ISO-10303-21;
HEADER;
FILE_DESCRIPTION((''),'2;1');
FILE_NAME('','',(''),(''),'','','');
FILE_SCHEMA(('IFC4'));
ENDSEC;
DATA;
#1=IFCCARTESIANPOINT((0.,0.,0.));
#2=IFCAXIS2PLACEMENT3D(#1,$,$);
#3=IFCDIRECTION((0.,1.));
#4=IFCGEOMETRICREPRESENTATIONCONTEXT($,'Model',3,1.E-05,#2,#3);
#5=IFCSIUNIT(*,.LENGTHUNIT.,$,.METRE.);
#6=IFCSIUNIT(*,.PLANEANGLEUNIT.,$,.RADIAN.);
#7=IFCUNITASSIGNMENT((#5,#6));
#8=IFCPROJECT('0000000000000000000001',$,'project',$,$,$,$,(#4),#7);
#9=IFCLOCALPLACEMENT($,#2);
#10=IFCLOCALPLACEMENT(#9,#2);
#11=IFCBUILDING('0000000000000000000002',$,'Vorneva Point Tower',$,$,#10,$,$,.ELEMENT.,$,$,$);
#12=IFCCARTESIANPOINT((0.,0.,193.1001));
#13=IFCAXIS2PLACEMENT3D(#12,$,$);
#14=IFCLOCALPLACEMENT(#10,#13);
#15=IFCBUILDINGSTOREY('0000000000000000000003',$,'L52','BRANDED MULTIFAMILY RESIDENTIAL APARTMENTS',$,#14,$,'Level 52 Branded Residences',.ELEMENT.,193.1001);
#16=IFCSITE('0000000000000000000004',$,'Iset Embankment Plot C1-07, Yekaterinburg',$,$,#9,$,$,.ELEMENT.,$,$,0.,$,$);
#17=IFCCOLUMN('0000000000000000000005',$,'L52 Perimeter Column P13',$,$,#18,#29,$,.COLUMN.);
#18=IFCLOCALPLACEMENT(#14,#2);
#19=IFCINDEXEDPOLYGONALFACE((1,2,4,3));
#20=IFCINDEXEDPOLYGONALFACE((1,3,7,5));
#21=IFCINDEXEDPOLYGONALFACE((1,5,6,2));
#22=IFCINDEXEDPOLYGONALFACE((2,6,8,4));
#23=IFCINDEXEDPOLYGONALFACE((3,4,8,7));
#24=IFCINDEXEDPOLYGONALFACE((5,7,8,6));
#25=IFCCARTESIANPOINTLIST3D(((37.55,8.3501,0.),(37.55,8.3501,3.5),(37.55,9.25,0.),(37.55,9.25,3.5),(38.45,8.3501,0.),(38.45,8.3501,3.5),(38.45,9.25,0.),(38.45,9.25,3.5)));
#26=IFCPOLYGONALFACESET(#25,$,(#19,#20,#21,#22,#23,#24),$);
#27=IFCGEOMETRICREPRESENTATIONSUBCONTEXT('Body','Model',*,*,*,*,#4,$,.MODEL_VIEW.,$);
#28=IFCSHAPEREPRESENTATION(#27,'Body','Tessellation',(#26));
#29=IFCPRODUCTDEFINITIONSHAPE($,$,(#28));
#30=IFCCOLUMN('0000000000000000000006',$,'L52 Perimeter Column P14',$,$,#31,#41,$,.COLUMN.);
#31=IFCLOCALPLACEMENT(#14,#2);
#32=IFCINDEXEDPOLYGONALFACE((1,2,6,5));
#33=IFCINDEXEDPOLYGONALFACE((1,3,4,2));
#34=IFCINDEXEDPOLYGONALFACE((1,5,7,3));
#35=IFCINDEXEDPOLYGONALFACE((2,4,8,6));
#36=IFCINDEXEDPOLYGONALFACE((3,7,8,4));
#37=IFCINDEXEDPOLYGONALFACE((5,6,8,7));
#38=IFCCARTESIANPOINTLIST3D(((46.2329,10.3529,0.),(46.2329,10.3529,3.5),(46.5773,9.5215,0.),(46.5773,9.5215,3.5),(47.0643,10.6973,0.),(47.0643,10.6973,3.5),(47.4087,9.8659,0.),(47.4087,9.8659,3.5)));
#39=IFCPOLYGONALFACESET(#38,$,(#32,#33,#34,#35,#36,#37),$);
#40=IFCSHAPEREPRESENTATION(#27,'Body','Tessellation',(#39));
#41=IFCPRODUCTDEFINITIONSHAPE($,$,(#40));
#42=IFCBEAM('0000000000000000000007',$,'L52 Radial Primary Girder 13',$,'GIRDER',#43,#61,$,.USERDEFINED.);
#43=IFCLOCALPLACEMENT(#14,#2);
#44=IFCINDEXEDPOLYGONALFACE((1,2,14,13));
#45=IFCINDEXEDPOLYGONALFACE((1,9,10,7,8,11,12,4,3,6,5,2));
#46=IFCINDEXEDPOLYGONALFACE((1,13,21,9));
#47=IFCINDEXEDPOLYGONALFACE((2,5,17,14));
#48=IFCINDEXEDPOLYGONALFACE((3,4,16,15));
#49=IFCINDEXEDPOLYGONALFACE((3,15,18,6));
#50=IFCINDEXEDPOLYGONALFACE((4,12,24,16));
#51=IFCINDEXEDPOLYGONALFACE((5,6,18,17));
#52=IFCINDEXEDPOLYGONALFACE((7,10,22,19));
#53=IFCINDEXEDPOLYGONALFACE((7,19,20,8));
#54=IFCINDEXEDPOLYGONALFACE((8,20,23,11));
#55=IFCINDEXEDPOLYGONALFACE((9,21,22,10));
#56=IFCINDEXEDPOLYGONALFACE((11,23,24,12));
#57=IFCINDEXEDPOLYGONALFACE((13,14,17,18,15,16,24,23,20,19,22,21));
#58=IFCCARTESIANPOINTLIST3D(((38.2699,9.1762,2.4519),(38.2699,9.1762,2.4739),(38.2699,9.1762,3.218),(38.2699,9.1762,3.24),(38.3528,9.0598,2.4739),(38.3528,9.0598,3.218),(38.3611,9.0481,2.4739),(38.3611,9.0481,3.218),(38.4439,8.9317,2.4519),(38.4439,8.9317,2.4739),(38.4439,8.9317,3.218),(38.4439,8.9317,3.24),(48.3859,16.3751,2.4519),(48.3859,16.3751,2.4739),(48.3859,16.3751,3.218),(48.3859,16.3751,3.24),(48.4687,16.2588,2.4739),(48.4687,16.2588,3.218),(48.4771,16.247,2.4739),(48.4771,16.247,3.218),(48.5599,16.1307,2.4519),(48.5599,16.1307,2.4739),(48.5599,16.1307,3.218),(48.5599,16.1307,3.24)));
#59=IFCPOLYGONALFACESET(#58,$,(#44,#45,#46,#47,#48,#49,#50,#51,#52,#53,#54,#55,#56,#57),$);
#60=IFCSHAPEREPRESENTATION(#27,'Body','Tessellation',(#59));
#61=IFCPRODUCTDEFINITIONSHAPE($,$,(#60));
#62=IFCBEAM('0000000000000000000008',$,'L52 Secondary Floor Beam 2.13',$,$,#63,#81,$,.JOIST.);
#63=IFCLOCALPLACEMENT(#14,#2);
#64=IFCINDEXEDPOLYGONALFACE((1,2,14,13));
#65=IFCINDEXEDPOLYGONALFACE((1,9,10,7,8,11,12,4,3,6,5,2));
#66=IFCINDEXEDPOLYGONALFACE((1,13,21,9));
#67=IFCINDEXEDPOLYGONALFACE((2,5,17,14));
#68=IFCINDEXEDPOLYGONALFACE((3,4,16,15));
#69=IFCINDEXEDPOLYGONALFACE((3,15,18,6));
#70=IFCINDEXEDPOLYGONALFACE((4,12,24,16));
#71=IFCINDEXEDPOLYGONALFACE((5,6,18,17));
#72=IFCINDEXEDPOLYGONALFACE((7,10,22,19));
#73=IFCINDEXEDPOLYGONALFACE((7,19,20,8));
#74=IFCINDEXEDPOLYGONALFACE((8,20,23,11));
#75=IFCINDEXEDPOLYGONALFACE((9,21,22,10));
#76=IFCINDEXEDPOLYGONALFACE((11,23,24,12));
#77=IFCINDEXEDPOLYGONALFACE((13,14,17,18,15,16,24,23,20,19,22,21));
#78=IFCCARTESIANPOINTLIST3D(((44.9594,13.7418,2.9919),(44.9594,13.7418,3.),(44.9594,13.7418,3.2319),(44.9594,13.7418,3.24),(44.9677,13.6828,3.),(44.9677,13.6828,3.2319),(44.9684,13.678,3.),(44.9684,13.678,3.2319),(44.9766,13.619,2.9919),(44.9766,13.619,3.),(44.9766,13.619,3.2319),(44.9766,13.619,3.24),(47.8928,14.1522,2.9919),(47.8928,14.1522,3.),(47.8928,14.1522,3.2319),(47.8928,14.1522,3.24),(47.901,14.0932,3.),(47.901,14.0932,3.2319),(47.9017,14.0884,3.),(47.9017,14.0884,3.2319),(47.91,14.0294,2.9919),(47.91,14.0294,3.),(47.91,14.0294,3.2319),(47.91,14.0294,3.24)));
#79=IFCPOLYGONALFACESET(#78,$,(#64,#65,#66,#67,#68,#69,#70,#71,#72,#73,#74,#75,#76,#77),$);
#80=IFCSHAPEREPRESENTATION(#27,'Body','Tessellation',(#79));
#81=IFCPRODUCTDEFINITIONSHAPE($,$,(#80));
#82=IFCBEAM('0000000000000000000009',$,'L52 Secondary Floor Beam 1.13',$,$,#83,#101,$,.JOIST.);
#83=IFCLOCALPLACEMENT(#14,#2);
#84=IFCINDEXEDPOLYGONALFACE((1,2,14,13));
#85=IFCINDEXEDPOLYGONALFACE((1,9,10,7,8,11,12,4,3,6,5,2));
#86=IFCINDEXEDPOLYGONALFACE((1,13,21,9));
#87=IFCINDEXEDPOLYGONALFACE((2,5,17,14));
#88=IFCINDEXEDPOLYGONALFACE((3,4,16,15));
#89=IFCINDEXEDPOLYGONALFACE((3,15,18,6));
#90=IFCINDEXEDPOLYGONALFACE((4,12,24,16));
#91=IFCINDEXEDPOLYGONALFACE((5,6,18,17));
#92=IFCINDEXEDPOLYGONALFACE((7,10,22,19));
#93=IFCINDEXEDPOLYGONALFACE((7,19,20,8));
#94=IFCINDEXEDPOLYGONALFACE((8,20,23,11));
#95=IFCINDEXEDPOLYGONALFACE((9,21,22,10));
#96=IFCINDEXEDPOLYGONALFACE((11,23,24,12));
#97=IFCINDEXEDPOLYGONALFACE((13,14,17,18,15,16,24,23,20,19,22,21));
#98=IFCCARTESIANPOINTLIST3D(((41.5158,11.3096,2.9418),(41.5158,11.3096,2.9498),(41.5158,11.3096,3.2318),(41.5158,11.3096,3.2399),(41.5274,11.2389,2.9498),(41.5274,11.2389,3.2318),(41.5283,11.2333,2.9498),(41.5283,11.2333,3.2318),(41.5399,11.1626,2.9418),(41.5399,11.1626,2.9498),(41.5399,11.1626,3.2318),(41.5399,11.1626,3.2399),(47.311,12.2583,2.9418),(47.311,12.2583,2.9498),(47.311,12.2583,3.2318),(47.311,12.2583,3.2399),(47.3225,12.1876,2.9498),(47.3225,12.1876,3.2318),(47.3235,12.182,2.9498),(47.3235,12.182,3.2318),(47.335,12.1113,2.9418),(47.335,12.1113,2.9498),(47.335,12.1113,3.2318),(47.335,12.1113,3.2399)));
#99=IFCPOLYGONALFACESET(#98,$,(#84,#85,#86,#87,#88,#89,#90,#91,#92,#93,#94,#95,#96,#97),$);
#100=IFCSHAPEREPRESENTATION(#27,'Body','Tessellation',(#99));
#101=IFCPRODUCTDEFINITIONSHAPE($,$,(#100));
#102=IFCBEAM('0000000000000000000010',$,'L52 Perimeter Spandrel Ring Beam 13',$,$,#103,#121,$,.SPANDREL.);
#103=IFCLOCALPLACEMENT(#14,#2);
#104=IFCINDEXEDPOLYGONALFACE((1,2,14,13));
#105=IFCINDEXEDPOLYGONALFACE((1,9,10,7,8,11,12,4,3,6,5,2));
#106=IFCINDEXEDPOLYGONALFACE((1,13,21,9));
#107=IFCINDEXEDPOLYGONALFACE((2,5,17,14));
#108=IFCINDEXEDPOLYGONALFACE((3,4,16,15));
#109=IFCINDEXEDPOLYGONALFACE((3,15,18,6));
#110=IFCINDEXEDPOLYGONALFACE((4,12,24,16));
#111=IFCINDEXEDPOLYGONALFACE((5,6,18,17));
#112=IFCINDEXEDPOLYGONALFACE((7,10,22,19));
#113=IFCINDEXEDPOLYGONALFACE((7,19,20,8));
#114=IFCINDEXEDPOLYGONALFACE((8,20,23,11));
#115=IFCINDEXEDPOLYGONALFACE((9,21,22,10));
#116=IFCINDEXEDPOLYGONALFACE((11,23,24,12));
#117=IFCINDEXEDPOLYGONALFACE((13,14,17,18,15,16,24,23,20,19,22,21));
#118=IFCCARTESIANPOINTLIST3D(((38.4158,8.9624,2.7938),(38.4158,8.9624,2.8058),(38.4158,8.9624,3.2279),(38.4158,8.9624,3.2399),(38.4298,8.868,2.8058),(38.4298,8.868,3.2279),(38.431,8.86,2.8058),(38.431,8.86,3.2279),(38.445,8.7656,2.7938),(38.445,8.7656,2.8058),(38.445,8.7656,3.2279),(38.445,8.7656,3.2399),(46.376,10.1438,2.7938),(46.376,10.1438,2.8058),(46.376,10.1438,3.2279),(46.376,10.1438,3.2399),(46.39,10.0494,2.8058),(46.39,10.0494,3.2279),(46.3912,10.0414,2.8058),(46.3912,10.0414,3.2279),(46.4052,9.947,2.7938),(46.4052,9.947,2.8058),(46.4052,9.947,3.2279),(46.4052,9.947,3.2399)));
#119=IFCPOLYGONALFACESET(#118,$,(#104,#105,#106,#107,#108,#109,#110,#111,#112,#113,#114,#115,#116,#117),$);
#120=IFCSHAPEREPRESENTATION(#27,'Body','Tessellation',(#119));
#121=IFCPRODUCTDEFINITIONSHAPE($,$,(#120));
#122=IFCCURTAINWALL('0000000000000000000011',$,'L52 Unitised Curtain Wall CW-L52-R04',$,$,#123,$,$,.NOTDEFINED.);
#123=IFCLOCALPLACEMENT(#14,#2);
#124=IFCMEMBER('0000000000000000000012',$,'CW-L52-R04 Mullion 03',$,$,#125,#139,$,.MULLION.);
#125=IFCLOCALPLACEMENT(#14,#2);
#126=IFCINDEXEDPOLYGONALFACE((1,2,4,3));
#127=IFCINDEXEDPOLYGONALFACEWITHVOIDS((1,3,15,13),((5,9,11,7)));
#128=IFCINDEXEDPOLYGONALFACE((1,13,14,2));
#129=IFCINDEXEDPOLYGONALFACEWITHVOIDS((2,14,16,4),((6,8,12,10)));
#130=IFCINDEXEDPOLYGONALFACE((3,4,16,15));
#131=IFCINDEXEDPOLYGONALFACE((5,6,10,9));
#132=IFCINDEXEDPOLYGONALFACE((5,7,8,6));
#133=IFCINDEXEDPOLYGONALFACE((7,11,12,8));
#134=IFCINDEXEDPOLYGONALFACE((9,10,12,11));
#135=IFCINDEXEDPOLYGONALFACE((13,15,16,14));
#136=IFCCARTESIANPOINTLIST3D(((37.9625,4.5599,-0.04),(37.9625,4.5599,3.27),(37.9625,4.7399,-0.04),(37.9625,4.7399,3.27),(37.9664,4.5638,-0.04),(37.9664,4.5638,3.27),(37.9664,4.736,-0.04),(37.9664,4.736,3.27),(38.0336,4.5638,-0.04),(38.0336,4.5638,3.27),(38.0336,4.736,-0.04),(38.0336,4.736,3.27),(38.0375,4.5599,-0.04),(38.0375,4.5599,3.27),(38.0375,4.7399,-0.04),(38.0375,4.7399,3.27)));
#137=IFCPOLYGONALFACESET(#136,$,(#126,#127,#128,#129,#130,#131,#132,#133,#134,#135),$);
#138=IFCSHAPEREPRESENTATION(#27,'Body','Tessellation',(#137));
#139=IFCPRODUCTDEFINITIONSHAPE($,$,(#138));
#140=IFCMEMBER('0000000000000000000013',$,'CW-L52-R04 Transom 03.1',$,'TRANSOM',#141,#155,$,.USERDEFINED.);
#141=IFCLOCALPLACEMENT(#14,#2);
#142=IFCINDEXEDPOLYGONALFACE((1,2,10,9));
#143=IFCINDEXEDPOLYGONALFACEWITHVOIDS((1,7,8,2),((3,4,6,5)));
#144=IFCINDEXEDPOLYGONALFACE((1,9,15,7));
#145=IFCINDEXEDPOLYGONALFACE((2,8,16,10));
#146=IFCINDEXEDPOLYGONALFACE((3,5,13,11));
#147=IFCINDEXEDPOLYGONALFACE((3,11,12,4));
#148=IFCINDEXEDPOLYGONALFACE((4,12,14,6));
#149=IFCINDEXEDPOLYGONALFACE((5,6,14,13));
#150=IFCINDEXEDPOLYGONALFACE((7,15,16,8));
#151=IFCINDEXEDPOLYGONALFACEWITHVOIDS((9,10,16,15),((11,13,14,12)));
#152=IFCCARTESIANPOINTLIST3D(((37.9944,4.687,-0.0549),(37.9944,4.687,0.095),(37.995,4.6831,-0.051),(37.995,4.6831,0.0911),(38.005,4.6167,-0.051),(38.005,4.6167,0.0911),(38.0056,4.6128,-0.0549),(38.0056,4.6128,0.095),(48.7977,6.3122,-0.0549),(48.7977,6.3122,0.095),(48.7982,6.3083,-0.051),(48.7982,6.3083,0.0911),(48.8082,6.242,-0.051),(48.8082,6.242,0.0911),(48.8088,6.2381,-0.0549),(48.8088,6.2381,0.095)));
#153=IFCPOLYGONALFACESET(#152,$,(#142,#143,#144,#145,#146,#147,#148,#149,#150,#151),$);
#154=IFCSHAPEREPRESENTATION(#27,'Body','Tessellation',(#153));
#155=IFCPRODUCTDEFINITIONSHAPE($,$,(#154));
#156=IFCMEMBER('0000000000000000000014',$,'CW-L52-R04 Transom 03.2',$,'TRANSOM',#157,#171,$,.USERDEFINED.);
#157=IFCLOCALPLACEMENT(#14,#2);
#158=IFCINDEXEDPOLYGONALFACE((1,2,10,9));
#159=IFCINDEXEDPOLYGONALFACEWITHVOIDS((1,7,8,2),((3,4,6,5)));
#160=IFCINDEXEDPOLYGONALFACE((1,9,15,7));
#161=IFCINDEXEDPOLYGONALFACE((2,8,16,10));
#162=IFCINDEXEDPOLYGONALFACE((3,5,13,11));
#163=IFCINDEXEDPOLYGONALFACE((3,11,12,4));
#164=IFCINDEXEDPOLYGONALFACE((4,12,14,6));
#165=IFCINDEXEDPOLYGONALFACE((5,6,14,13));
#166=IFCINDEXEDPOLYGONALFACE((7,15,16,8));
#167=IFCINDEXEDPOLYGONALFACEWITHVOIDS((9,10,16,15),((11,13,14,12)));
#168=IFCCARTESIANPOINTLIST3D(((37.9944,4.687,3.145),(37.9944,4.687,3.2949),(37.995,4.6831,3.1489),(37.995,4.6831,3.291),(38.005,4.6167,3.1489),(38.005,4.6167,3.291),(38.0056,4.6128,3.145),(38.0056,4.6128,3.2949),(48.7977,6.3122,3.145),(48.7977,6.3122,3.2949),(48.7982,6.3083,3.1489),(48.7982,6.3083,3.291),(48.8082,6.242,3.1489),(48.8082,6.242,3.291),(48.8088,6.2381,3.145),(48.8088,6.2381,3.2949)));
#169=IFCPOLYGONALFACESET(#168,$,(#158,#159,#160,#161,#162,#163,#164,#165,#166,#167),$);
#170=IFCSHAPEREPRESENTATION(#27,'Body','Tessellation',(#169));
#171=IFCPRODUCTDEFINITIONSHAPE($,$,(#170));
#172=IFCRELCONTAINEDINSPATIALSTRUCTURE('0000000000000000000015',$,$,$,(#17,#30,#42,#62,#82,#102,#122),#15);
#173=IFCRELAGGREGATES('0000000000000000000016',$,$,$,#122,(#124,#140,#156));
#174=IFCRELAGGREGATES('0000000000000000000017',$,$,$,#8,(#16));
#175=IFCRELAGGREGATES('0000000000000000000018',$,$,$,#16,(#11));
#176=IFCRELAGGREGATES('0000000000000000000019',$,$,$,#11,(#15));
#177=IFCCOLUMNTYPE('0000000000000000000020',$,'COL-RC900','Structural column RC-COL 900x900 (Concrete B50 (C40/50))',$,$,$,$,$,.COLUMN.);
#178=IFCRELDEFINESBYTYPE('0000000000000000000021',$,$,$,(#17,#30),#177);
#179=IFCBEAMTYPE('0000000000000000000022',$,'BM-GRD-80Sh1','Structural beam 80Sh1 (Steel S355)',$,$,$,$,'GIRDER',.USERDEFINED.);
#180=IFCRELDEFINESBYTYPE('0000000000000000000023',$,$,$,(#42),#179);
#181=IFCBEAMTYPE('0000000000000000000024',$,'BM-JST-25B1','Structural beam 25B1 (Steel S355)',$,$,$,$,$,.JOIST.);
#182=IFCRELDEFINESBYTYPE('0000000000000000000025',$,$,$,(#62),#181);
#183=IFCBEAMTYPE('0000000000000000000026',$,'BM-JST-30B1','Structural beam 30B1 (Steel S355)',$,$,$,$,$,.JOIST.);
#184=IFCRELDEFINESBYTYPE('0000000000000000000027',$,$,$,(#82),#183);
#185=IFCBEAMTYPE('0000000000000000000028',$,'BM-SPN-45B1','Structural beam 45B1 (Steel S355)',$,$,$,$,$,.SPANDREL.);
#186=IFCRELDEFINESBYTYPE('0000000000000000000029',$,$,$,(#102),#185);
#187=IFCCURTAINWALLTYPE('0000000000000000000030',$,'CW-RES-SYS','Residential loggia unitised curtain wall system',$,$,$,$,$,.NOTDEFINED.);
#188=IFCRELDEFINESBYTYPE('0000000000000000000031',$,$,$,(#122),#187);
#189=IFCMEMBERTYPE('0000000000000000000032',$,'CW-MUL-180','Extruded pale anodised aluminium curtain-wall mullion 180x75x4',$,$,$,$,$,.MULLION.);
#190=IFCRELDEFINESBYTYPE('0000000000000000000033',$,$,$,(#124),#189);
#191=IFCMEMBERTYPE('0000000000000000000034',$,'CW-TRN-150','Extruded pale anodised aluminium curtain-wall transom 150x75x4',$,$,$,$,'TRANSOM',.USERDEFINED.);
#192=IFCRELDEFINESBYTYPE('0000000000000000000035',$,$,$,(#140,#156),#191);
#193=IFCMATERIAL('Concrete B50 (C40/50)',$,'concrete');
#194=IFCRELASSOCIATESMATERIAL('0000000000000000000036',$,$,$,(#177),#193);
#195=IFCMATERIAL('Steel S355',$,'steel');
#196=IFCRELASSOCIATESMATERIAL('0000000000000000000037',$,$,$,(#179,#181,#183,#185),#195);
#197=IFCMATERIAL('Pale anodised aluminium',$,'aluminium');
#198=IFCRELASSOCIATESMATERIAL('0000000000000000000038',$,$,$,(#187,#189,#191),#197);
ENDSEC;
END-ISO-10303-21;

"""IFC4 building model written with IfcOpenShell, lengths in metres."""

from ifc_helpers import new_model, si_unit, direction, frame, origin, origin_2d, place, context, subcontext, project, spatial, rectangle, hollow_rectangle, i_section, extrude, material, material_profile, profile_set, type_object, element, aggregate, save


model = new_model("IFC4")

# Units and contexts
model_context = context("Model", 3, precision=1e-05, world=origin(), true_north=direction((0.0, 1.0)))
body_context = subcontext(model_context, "Body", "Model", "MODEL_VIEW")
ifc_project = project(units=[si_unit("LENGTHUNIT", "METRE"), si_unit("PLANEANGLEUNIT", "RADIAN")], contexts=[model_context])

# Site, building, storey
site_placement = place(None, origin())
site = spatial("IfcSite", under=ifc_project, at=site_placement, Name="Iset Embankment Plot C1-07, Yekaterinburg", CompositionType="ELEMENT", RefElevation=0.0)
building_placement = place(site_placement, origin())
building = spatial("IfcBuilding", under=site, at=building_placement, Name="Vorneva Point Tower", CompositionType="ELEMENT")
storey_placement = place(building_placement, frame((0.0, 0.0, 193.1001)))
storey = spatial("IfcBuildingStorey", under=building, at=storey_placement, Name="L52", Description="BRANDED MULTIFAMILY RESIDENTIAL APARTMENTS", LongName="Level 52 Branded Residences", CompositionType="ELEMENT", Elevation=193.1001)

# Columns
ifc_material_1 = material(Name="Concrete B50 (C40/50)", Category="concrete")
ifc_material_profile_1 = material_profile(ifc_material_1, rectangle(XDim=0.8999, YDim=0.8999, at=origin_2d()), Name="RC-COL 900x900")
ifc_profile_set_1 = profile_set([ifc_material_profile_1], Name="Concrete B50 (C40/50)")
column_type = type_object("IfcColumnType", Name="COL-RC900", Description="Structural column RC-COL 900x900 (Concrete B50 (C40/50))", PredefinedType="COLUMN", material=ifc_profile_set_1)
for number, where, z_axis, x_axis, name in (
    (1, (38.0, 8.8, 0.0), (0.0, 0.0, 1.0), (0.0, -1.0, 0.0), "L52 Perimeter Column P13"),
    (2, (46.8208, 10.1094, 0.0), (0.0, 0.0, 1.0), (0.382683, -0.92388, 0.0), "L52 Perimeter Column P14"),
):
    element("IfcColumn", number, at=place(storey_placement, frame(where, z_axis=z_axis, x_axis=x_axis)), inside=storey, type_object=column_type, Name=name, PredefinedType="COLUMN", context=body_context, shape_type="SweptSolid", body=[
        extrude(rectangle(XDim=0.8999, YDim=0.8999, at=origin_2d()), origin(), (0.0, 0.0, 1.0), 3.5),
    ])

# Beams
ifc_material_2 = material(Name="Steel S355", Category="steel")
ifc_material_profile_2 = material_profile(ifc_material_2, i_section(OverallWidth=0.3, OverallDepth=0.7881, WebThickness=0.0144, FlangeThickness=0.022, at=origin_2d()), Name="80Sh1")
ifc_profile_set_2 = profile_set([ifc_material_profile_2], Name="Steel S355")
beam_type_1 = type_object("IfcBeamType", Name="BM-GRD-80Sh1", Description="Structural beam 80Sh1 (Steel S355)", ElementType="GIRDER", PredefinedType="USERDEFINED", material=ifc_profile_set_2)
beam_1_placement = place(storey_placement, frame((38.3569, 9.054, 2.8459), z_axis=(0.81475, 0.579813, 0.0), x_axis=(-0.579813, 0.81475, 0.0)))
element("IfcBeam", 3, at=beam_1_placement, inside=storey, type_object=beam_type_1, Name="L52 Radial Primary Girder 13", ObjectType="GIRDER", PredefinedType="USERDEFINED", context=body_context, shape_type="SweptSolid", body=[
    extrude(i_section(OverallWidth=0.3, OverallDepth=0.7881, WebThickness=0.0144, FlangeThickness=0.022, at=origin_2d()), origin(), (0.0, 0.0, 1.0), 12.416),
])
ifc_material_profile_3 = material_profile(ifc_material_2, i_section(OverallWidth=0.124, OverallDepth=0.248, WebThickness=0.0049, FlangeThickness=0.0081, at=origin_2d()), Name="25B1")
ifc_profile_set_3 = profile_set([ifc_material_profile_3], Name="Steel S355")
beam_type_2 = type_object("IfcBeamType", Name="BM-JST-25B1", Description="Structural beam 25B1 (Steel S355)", PredefinedType="JOIST", material=ifc_profile_set_3)
beam_2_placement = place(storey_placement, frame((44.968, 13.6804, 3.116), z_axis=(0.990354, 0.138559, 0.0), x_axis=(-0.138559, 0.990354, 0.0)))
element("IfcBeam", 4, at=beam_2_placement, inside=storey, type_object=beam_type_2, Name="L52 Secondary Floor Beam 2.13", PredefinedType="JOIST", context=body_context, shape_type="SweptSolid", body=[
    extrude(i_section(OverallWidth=0.124, OverallDepth=0.248, WebThickness=0.0049, FlangeThickness=0.0081, at=origin_2d()), origin(), (0.0, 0.0, 1.0), 2.9619),
])
ifc_material_profile_4 = material_profile(ifc_material_2, i_section(OverallWidth=0.1489, OverallDepth=0.2981, WebThickness=0.0056, FlangeThickness=0.0081, at=origin_2d()), Name="30B1")
ifc_profile_set_4 = profile_set([ifc_material_profile_4], Name="Steel S355")
beam_type_3 = type_object("IfcBeamType", Name="BM-JST-30B1", Description="Structural beam 30B1 (Steel S355)", PredefinedType="JOIST", material=ifc_profile_set_4)
beam_3_placement = place(storey_placement, frame((41.5278, 11.2361, 3.0908), z_axis=(0.986863, 0.16156, 0.0), x_axis=(-0.16156, 0.986863, 0.0)))
element("IfcBeam", 5, at=beam_3_placement, inside=storey, type_object=beam_type_3, Name="L52 Secondary Floor Beam 1.13", PredefinedType="JOIST", context=body_context, shape_type="SweptSolid", body=[
    extrude(i_section(OverallWidth=0.1489, OverallDepth=0.2981, WebThickness=0.0056, FlangeThickness=0.0081, at=origin_2d()), origin(), (0.0, 0.0, 1.0), 5.8723),
])
ifc_material_profile_5 = material_profile(ifc_material_2, i_section(OverallWidth=0.199, OverallDepth=0.446, WebThickness=0.0081, FlangeThickness=0.012, at=origin_2d()), Name="45B1")
ifc_profile_set_5 = profile_set([ifc_material_profile_5], Name="Steel S355")
beam_type_4 = type_object("IfcBeamType", Name="BM-SPN-45B1", Description="Structural beam 45B1 (Steel S355)", PredefinedType="SPANDREL", material=ifc_profile_set_5)
beam_4_placement = place(storey_placement, frame((38.4304, 8.864, 3.0168), z_axis=(0.989165, 0.146805, 0.0), x_axis=(-0.146805, 0.989165, 0.0)))
element("IfcBeam", 6, at=beam_4_placement, inside=storey, type_object=beam_type_4, Name="L52 Perimeter Spandrel Ring Beam 13", PredefinedType="SPANDREL", context=body_context, shape_type="SweptSolid", body=[
    extrude(i_section(OverallWidth=0.199, OverallDepth=0.446, WebThickness=0.0081, FlangeThickness=0.012, at=origin_2d()), origin(), (0.0, 0.0, 1.0), 8.0474),
])

# Curtain wall, members
ifc_material_3 = material(Name="Pale anodised aluminium", Category="aluminium")
curtain_wall_type = type_object("IfcCurtainWallType", Name="CW-RES-SYS", Description="Residential loggia unitised curtain wall system", PredefinedType="NOTDEFINED", material=ifc_material_3)
curtain_wall_placement = place(storey_placement, origin())
curtain_wall = element("IfcCurtainWall", 7, at=curtain_wall_placement, inside=storey, type_object=curtain_wall_type, Name="L52 Unitised Curtain Wall CW-L52-R04", PredefinedType="NOTDEFINED")
ifc_material_profile_6 = material_profile(ifc_material_3, hollow_rectangle(XDim=0.075, YDim=0.1799, WallThickness=0.0039, at=origin_2d()), Name="AL-MUL 180x75x4")
ifc_profile_set_6 = profile_set([ifc_material_profile_6], Name="Pale anodised aluminium")
member_type_1 = type_object("IfcMemberType", Name="CW-MUL-180", Description="Extruded pale anodised aluminium curtain-wall mullion 180x75x4", PredefinedType="MULLION", material=ifc_profile_set_6)
member_1_placement = place(storey_placement, frame((38.0, 4.6499, -0.04), z_axis=(0.0, 0.0, 1.0), x_axis=(1.0, 0.0, 0.0)))
member_1 = element("IfcMember", 8, at=member_1_placement, type_object=member_type_1, Name="CW-L52-R04 Mullion 03", PredefinedType="MULLION", context=body_context, shape_type="SweptSolid", body=[
    extrude(hollow_rectangle(XDim=0.075, YDim=0.1799, WallThickness=0.0039, at=origin_2d()), origin(), (0.0, 0.0, 1.0), 3.3101),
])
ifc_material_profile_7 = material_profile(ifc_material_3, hollow_rectangle(XDim=0.075, YDim=0.1499, WallThickness=0.0039, at=origin_2d()), Name="AL-TRN 150x75x4")
ifc_profile_set_7 = profile_set([ifc_material_profile_7], Name="Pale anodised aluminium")
member_type_2 = type_object("IfcMemberType", Name="CW-TRN-150", Description="Extruded pale anodised aluminium curtain-wall transom 150x75x4", ElementType="TRANSOM", PredefinedType="USERDEFINED", material=ifc_profile_set_7)
member_2_placement = place(storey_placement, frame((38.0, 4.6499, 0.02), z_axis=(0.988872, 0.148767, 0.0), x_axis=(-0.148767, 0.988872, 0.0)))
member_2 = element("IfcMember", 9, at=member_2_placement, type_object=member_type_2, Name="CW-L52-R04 Transom 03.1", ObjectType="TRANSOM", PredefinedType="USERDEFINED", context=body_context, shape_type="SweptSolid", body=[
    extrude(hollow_rectangle(XDim=0.075, YDim=0.1499, WallThickness=0.0039, at=origin_2d()), origin(), (0.0, 0.0, 1.0), 10.9248),
])
member_3_placement = place(storey_placement, frame((38.0, 4.6499, 3.22), z_axis=(0.988872, 0.148767, 0.0), x_axis=(-0.148767, 0.988872, 0.0)))
member_3 = element("IfcMember", 10, at=member_3_placement, type_object=member_type_2, Name="CW-L52-R04 Transom 03.2", ObjectType="TRANSOM", PredefinedType="USERDEFINED", context=body_context, shape_type="SweptSolid", body=[
    extrude(hollow_rectangle(XDim=0.075, YDim=0.1499, WallThickness=0.0039, at=origin_2d()), origin(), (0.0, 0.0, 1.0), 10.9248),
])
aggregate(curtain_wall, [member_1, member_2, member_3])

save(model, "model.ifc")
